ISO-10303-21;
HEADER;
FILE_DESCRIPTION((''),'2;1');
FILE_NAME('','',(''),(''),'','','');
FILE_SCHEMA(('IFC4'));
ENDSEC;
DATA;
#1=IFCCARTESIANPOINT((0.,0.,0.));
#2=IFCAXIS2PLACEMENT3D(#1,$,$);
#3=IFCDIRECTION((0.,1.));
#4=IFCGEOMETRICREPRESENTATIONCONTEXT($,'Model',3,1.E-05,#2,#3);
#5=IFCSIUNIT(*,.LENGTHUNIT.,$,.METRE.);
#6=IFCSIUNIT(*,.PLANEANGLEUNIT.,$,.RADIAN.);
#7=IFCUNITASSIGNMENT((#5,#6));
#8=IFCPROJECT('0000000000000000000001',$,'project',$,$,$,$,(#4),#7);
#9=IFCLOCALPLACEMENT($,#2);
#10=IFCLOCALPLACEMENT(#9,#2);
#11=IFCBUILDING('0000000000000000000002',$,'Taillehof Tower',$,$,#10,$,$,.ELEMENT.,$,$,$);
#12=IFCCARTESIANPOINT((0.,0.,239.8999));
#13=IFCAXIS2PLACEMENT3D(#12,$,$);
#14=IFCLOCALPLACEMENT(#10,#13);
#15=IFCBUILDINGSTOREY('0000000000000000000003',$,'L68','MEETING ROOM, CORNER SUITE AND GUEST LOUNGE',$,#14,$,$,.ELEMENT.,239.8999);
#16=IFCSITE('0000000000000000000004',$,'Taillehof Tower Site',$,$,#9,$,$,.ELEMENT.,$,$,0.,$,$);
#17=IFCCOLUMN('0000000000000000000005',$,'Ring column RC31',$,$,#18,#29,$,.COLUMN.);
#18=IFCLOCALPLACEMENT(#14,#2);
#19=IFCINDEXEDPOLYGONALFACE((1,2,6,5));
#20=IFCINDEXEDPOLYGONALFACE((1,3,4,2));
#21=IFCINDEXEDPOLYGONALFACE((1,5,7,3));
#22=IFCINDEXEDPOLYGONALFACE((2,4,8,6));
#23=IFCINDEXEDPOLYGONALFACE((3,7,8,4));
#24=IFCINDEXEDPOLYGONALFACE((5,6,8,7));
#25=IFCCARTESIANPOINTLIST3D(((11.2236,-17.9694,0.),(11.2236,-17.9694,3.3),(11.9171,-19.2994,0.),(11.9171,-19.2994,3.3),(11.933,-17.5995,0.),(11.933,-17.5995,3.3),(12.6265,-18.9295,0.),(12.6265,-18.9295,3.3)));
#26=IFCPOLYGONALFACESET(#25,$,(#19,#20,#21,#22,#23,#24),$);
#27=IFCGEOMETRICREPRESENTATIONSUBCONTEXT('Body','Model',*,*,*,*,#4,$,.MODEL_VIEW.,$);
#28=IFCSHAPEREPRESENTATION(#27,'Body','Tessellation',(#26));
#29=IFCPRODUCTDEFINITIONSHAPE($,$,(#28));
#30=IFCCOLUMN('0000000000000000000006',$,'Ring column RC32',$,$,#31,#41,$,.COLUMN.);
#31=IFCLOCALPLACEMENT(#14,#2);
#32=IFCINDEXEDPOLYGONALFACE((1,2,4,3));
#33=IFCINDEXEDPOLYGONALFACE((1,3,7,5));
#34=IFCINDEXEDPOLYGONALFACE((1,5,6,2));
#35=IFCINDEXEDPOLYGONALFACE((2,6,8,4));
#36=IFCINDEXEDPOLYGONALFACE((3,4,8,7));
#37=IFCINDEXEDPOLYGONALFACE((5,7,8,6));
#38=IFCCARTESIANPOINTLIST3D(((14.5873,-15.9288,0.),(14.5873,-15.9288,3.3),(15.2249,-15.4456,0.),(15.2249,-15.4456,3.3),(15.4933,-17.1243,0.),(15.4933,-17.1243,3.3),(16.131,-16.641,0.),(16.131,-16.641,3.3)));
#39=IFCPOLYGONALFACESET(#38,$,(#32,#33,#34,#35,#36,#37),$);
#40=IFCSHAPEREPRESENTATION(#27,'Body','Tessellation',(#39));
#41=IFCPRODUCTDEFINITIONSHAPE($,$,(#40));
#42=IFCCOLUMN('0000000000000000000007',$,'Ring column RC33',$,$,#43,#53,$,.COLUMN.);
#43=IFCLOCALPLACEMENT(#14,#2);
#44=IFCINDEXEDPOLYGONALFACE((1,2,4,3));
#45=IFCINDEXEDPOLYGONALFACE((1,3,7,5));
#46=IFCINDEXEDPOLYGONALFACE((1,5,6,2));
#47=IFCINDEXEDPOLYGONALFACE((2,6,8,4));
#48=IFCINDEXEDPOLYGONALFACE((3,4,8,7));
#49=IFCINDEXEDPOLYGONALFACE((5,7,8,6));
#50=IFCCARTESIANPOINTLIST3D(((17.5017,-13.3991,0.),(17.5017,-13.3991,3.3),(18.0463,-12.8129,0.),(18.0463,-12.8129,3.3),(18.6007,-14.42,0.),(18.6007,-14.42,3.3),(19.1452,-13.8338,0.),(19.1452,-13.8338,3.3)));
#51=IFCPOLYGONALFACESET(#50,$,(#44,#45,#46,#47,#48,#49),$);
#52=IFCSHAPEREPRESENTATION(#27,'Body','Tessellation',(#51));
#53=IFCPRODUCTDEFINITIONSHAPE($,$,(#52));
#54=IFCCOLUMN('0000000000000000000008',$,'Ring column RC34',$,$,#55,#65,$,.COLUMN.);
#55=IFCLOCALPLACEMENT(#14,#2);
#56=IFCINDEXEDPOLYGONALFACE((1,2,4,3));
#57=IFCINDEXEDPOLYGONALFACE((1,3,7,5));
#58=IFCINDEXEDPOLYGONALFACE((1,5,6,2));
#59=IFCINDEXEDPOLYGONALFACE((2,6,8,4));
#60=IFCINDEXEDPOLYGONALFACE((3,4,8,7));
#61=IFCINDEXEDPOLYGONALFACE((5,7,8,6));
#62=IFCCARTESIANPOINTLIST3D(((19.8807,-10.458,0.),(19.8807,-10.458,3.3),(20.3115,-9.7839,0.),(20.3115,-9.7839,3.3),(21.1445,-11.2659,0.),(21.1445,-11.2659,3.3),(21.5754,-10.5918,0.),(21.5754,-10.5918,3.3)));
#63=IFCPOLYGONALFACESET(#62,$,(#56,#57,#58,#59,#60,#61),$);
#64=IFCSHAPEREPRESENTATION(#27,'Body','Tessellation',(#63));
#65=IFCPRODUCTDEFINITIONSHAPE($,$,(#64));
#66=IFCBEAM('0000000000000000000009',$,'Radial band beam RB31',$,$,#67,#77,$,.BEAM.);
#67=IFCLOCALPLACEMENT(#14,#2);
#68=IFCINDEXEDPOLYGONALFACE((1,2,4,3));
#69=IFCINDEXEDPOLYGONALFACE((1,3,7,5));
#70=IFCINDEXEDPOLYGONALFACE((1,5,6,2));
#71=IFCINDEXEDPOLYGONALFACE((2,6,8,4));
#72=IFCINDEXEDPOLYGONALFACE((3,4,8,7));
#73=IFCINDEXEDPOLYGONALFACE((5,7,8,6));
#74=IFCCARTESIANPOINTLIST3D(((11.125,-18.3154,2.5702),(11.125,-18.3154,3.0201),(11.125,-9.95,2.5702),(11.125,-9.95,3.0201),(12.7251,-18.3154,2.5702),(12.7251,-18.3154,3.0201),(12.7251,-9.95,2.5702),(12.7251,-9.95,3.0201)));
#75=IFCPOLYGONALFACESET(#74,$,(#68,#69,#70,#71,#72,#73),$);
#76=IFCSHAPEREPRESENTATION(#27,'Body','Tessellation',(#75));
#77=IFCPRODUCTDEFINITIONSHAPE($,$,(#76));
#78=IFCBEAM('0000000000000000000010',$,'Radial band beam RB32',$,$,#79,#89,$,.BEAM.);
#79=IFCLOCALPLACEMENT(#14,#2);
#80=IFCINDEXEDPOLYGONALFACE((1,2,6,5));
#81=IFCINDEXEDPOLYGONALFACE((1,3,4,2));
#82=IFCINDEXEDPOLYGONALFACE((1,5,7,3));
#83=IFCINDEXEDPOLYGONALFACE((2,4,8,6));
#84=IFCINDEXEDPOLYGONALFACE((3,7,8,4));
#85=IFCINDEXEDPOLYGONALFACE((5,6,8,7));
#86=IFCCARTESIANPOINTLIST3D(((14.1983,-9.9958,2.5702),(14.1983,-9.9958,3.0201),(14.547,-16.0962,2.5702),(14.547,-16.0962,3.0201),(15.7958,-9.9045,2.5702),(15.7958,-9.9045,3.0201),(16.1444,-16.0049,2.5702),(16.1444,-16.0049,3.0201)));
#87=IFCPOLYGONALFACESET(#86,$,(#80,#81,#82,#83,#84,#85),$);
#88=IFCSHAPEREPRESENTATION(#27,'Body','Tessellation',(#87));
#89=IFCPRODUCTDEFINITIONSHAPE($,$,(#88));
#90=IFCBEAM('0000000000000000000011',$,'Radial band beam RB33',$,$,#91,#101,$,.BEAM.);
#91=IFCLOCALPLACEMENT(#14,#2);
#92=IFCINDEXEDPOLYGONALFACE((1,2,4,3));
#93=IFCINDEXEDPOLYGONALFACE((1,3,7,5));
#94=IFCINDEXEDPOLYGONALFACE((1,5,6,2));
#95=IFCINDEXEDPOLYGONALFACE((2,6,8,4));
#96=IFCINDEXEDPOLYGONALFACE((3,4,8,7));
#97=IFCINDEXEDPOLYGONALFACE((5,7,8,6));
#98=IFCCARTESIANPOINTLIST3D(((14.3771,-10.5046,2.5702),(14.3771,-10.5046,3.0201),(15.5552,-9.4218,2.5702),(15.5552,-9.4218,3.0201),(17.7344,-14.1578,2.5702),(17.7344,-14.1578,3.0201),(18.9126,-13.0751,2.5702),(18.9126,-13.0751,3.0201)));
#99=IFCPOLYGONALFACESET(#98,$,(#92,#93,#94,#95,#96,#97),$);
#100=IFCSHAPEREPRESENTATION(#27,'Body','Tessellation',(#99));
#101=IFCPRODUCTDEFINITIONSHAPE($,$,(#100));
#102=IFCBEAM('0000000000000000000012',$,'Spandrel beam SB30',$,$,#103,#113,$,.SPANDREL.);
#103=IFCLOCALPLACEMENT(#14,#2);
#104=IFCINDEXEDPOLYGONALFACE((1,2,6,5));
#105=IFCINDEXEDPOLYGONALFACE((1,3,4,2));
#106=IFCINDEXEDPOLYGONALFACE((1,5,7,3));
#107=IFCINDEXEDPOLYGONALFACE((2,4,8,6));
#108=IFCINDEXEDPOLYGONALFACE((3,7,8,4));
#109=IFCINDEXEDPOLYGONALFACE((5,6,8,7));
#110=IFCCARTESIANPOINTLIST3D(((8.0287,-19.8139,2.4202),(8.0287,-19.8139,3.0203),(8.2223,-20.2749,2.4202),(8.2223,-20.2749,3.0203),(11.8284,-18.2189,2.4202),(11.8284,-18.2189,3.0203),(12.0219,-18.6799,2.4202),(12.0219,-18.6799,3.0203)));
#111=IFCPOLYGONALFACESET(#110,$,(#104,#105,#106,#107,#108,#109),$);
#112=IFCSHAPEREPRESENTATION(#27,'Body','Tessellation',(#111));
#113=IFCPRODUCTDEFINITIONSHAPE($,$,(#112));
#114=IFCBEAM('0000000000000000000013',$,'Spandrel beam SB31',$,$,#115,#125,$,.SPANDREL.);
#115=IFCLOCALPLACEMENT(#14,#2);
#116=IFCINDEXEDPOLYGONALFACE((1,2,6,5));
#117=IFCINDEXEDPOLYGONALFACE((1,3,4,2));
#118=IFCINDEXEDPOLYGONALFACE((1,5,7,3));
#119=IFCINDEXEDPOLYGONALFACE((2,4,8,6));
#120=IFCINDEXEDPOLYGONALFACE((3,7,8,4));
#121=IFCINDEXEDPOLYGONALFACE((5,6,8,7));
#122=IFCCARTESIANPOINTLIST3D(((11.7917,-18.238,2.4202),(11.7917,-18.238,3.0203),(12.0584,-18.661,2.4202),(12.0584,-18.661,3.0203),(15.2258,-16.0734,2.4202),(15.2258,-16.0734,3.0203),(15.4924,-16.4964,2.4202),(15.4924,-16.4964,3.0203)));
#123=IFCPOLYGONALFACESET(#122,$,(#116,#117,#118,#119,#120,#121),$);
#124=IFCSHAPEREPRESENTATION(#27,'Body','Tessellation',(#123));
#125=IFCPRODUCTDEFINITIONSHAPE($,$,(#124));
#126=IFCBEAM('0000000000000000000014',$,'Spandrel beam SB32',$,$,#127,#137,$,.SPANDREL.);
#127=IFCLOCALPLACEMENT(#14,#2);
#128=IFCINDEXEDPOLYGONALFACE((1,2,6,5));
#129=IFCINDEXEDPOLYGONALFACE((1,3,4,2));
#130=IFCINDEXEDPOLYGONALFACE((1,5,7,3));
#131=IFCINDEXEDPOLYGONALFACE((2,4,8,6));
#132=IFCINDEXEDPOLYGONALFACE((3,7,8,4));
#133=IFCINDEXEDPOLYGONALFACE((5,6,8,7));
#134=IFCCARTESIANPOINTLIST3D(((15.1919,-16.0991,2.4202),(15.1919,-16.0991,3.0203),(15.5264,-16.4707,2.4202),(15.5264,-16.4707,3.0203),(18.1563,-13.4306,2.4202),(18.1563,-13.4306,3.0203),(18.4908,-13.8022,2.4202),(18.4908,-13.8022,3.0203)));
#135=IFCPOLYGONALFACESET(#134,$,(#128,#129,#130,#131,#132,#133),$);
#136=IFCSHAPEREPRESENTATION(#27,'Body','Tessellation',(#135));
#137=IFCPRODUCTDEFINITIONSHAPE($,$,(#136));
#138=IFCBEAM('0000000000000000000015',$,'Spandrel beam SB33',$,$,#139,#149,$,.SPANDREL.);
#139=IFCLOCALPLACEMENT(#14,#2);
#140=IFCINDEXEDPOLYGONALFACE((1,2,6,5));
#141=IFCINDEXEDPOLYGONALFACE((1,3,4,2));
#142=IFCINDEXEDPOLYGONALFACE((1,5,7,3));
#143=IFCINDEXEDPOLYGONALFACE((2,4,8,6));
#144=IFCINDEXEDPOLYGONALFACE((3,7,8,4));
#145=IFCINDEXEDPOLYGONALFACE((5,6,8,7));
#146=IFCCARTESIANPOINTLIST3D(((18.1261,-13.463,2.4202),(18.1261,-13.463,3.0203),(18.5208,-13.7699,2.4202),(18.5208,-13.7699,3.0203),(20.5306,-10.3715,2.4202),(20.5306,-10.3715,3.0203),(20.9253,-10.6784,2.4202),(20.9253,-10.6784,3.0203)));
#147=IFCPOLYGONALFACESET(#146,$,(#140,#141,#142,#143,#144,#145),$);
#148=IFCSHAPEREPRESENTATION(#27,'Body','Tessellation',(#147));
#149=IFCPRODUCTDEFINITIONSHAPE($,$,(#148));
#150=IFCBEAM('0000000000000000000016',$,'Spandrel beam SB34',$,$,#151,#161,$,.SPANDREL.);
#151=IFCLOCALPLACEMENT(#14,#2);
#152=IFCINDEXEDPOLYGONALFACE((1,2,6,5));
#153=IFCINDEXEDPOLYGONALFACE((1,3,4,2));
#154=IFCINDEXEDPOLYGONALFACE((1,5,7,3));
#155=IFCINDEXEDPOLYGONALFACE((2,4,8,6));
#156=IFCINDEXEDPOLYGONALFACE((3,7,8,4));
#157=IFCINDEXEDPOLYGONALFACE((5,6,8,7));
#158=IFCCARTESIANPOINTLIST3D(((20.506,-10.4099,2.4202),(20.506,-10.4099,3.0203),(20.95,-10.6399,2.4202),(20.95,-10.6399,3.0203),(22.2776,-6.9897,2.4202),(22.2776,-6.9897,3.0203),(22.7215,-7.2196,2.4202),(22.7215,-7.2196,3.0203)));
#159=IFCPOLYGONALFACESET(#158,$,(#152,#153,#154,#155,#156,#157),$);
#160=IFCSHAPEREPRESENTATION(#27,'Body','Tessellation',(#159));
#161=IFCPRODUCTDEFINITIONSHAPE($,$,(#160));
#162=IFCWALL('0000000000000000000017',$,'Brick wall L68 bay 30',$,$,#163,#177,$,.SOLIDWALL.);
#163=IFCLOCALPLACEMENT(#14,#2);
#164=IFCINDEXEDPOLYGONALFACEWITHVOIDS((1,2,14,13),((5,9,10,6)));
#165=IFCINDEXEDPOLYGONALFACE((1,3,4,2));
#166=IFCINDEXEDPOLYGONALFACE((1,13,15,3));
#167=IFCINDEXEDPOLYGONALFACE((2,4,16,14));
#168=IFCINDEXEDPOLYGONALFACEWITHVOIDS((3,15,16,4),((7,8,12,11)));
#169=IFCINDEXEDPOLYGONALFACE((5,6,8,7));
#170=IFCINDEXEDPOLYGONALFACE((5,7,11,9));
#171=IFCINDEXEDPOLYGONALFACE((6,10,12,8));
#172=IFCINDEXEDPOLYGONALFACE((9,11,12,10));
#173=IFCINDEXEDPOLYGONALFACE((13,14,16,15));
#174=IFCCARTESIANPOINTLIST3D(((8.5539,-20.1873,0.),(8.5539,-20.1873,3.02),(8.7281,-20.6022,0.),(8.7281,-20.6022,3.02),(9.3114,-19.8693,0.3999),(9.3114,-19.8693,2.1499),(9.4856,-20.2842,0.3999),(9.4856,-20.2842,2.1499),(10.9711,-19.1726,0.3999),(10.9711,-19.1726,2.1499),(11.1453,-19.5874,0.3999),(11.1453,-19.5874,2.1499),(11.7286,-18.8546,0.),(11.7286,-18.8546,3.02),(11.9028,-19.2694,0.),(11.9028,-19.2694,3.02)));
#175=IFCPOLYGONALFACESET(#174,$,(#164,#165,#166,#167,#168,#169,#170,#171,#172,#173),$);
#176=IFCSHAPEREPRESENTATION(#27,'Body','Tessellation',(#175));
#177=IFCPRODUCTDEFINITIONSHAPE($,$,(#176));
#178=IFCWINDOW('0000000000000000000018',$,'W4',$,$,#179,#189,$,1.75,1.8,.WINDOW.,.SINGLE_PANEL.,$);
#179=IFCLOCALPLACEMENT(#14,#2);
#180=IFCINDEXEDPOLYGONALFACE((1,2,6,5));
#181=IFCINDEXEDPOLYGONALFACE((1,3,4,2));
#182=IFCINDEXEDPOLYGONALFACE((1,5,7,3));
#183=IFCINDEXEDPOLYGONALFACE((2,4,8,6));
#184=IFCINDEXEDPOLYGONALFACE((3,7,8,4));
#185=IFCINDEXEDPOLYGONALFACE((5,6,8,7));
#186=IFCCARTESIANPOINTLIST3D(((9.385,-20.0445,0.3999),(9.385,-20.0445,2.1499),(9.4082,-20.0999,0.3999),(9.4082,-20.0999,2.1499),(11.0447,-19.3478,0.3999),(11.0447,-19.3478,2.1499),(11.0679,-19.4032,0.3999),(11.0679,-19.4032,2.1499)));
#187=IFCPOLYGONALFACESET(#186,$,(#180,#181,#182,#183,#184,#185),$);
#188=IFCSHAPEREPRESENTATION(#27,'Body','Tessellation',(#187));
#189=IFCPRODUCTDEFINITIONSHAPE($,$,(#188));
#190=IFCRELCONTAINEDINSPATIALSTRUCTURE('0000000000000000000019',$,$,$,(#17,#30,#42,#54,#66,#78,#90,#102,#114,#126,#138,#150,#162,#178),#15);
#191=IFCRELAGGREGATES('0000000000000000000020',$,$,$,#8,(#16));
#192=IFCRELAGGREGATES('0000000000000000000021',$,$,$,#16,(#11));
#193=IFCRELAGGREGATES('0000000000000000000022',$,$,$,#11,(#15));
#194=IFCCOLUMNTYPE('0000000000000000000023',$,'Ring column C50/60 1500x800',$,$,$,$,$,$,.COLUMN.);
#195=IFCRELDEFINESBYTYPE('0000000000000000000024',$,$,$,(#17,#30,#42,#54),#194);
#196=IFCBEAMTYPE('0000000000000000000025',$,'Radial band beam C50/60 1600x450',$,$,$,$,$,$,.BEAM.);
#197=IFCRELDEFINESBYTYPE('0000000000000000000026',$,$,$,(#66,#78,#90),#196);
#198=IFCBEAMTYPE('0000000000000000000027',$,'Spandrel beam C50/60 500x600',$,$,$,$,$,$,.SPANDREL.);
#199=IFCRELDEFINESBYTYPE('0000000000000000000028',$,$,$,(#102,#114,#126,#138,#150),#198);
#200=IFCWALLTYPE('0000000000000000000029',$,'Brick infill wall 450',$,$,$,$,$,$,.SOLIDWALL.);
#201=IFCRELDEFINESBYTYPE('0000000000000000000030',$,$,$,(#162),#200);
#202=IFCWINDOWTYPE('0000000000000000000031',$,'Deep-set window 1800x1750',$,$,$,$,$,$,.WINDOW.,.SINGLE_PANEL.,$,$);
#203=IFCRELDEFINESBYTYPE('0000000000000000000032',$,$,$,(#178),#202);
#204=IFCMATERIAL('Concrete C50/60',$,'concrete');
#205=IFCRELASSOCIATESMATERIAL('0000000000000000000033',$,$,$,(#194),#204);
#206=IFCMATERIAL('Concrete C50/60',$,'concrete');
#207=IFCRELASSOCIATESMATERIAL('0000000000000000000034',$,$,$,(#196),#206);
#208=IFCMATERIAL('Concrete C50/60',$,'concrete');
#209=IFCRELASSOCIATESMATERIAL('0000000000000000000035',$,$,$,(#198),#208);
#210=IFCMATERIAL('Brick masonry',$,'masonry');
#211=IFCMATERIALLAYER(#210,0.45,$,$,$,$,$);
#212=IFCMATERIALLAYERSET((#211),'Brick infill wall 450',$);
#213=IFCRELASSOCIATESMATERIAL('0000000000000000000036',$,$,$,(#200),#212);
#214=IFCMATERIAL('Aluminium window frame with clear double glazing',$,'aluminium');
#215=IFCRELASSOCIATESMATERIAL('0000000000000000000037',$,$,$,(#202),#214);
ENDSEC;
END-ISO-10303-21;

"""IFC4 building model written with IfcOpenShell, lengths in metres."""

from ifc_helpers import new_model, si_unit, direction, frame, frame_2d, origin, origin_2d, place, context, subcontext, project, spatial, rectangle, extrude, material, layer, layer_set, material_profile, profile_set, type_object, element, fill, save


model = new_model("IFC4")

# Units and contexts
model_context = context("Model", 3, precision=1e-05, world=origin(), true_north=direction((0.0, 1.0)))
body_context = subcontext(model_context, "Body", "Model", "MODEL_VIEW")
ifc_project = project(units=[si_unit("LENGTHUNIT", "METRE"), si_unit("PLANEANGLEUNIT", "RADIAN")], contexts=[model_context])

# Site, building, storey
site_placement = place(None, origin())
site = spatial("IfcSite", under=ifc_project, at=site_placement, Name="Taillehof Tower Site", CompositionType="ELEMENT", RefElevation=0.0)
building_placement = place(site_placement, origin())
building = spatial("IfcBuilding", under=site, at=building_placement, Name="Taillehof Tower", CompositionType="ELEMENT")
storey_placement = place(building_placement, frame((0.0, 0.0, 239.8999)))
storey = spatial("IfcBuildingStorey", under=building, at=storey_placement, Name="L68", Description="MEETING ROOM, CORNER SUITE AND GUEST LOUNGE", CompositionType="ELEMENT", Elevation=239.8999)

# Columns
ifc_material_1 = material(Name="Concrete C50/60", Category="concrete")
ifc_material_profile_1 = material_profile(ifc_material_1, rectangle(XDim=1.5, YDim=0.8, at=origin_2d()), Name="RC 1500x800")
ifc_profile_set_1 = profile_set([ifc_material_profile_1], Name="Concrete C50/60")
column_type = type_object("IfcColumnType", Name="Ring column C50/60 1500x800", PredefinedType="COLUMN", material=ifc_profile_set_1)
for number, where, z_axis, x_axis, name in (
    (1, (11.925, -18.4495, 0.0), (0.0, 0.0, 1.0), (0.462384, -0.88668, 0.0), "Ring column RC31"),
    (2, (15.3591, -16.2849, 0.0), (0.0, 0.0, 1.0), (0.60402, -0.796969, 0.0), "Ring column RC32"),
    (3, (18.3235, -13.6165, 0.0), (0.0, 0.0, 1.0), (0.732636, -0.680621, 0.0), "Ring column RC33"),
    (4, (20.728, -10.5249, 0.0), (0.0, 0.0, 1.0), (0.842574, -0.538581, 0.0), "Ring column RC34"),
):
    element("IfcColumn", number, at=place(storey_placement, frame(where, z_axis=z_axis, x_axis=x_axis)), inside=storey, type_object=column_type, Name=name, PredefinedType="COLUMN", context=body_context, shape_type="SweptSolid", body=[
        extrude(rectangle(XDim=1.5, YDim=0.8, at=origin_2d()), origin(), (0.0, 0.0, 1.0), 3.3),
    ])

# Beams
ifc_material_2 = material(Name="Concrete C50/60", Category="concrete")
ifc_material_profile_2 = material_profile(ifc_material_2, rectangle(XDim=1.6001, YDim=0.45, at=origin_2d()), Name="RC 1600x450")
ifc_profile_set_2 = profile_set([ifc_material_profile_2], Name="Concrete C50/60")
beam_type_1 = type_object("IfcBeamType", Name="Radial band beam C50/60 1600x450", PredefinedType="BEAM", material=ifc_profile_set_2)
beam_1_placement = place(storey_placement, frame((11.925, -18.3154, 2.7952), z_axis=(0.0, 1.0, 0.0), x_axis=(-1.0, 0.0, 0.0)))
element("IfcBeam", 5, at=beam_1_placement, inside=storey, type_object=beam_type_1, Name="Radial band beam RB31", PredefinedType="BEAM", context=body_context, shape_type="SweptSolid", body=[
    extrude(rectangle(XDim=1.6001, YDim=0.45, at=origin_2d()), origin(), (0.0, 0.0, 1.0), 8.3655),
])
beam_2_placement = place(storey_placement, frame((15.3457, -16.0505, 2.7952), z_axis=(-0.057057, 0.998371, 0.0), x_axis=(-0.998371, -0.057057, 0.0)))
element("IfcBeam", 6, at=beam_2_placement, inside=storey, type_object=beam_type_1, Name="Radial band beam RB32", PredefinedType="BEAM", context=body_context, shape_type="SweptSolid", body=[
    extrude(rectangle(XDim=1.6001, YDim=0.45, at=origin_2d()), origin(), (0.0, 0.0, 1.0), 6.1104),
])
beam_3_placement = place(storey_placement, frame((18.3235, -13.6165, 2.7952), z_axis=(-0.67666, 0.736296, 0.0), x_axis=(-0.736296, -0.67666, 0.0)))
element("IfcBeam", 7, at=beam_3_placement, inside=storey, type_object=beam_type_1, Name="Radial band beam RB33", PredefinedType="BEAM", context=body_context, shape_type="SweptSolid", body=[
    extrude(rectangle(XDim=1.6001, YDim=0.45, at=origin_2d()), origin(), (0.0, 0.0, 1.0), 4.9617),
])
ifc_material_3 = material(Name="Concrete C50/60", Category="concrete")
ifc_material_profile_3 = material_profile(ifc_material_3, rectangle(XDim=0.5, YDim=0.6001, at=origin_2d()), Name="RC 500x600")
ifc_profile_set_3 = profile_set([ifc_material_profile_3], Name="Concrete C50/60")
beam_type_2 = type_object("IfcBeamType", Name="Spandrel beam C50/60 500x600", PredefinedType="SPANDREL", material=ifc_profile_set_3)
beam_4_placement = place(storey_placement, frame((8.1255, -20.0444, 2.7202), z_axis=(0.922055, 0.387058, 0.0), x_axis=(-0.387058, 0.922055, 0.0)))
element("IfcBeam", 8, at=beam_4_placement, inside=storey, type_object=beam_type_2, Name="Spandrel beam SB30", PredefinedType="SPANDREL", context=body_context, shape_type="SweptSolid", body=[
    extrude(rectangle(XDim=0.5, YDim=0.6001, at=origin_2d()), origin(), (0.0, 0.0, 1.0), 4.1208),
])
beam_5_placement = place(storey_placement, frame((11.925, -18.4495, 2.7202), z_axis=(0.845972, 0.533228, 0.0), x_axis=(-0.533228, 0.845972, 0.0)))
element("IfcBeam", 9, at=beam_5_placement, inside=storey, type_object=beam_type_2, Name="Spandrel beam SB31", PredefinedType="SPANDREL", context=body_context, shape_type="SweptSolid", body=[
    extrude(rectangle(XDim=0.5, YDim=0.6001, at=origin_2d()), origin(), (0.0, 0.0, 1.0), 4.0593),
])
beam_6_placement = place(storey_placement, frame((15.3591, -16.2849, 2.7202), z_axis=(0.743227, 0.669039, 0.0), x_axis=(-0.669039, 0.743227, 0.0)))
element("IfcBeam", 10, at=beam_6_placement, inside=storey, type_object=beam_type_2, Name="Spandrel beam SB32", PredefinedType="SPANDREL", context=body_context, shape_type="SweptSolid", body=[
    extrude(rectangle(XDim=0.5, YDim=0.6001, at=origin_2d()), origin(), (0.0, 0.0, 1.0), 3.9885),
])
beam_7_placement = place(storey_placement, frame((18.3235, -13.6165, 2.7202), z_axis=(0.613941, 0.789352, 0.0), x_axis=(-0.789352, 0.613941, 0.0)))
element("IfcBeam", 11, at=beam_7_placement, inside=storey, type_object=beam_type_2, Name="Spandrel beam SB33", PredefinedType="SPANDREL", context=body_context, shape_type="SweptSolid", body=[
    extrude(rectangle(XDim=0.5, YDim=0.6001, at=origin_2d()), origin(), (0.0, 0.0, 1.0), 3.9165),
])
beam_8_placement = place(storey_placement, frame((20.728, -10.5249, 2.7202), z_axis=(0.459921, 0.88796, 0.0), x_axis=(-0.88796, 0.459921, 0.0)))
element("IfcBeam", 12, at=beam_8_placement, inside=storey, type_object=beam_type_2, Name="Spandrel beam SB34", PredefinedType="SPANDREL", context=body_context, shape_type="SweptSolid", body=[
    extrude(rectangle(XDim=0.5, YDim=0.6001, at=origin_2d()), origin(), (0.0, 0.0, 1.0), 3.8518),
])

# Wall, opening, window
ifc_material_4 = material(Name="Brick masonry", Category="masonry")
ifc_layer_1 = layer(ifc_material_4, 0.45)
ifc_layer_set_1 = layer_set([ifc_layer_1], Name="Brick infill wall 450")
wall_type_1 = type_object("IfcWallType", Name="Brick infill wall 450", PredefinedType="SOLIDWALL", material=ifc_layer_set_1)
wall_1_placement = place(storey_placement, frame((8.6409, -20.3948, 0.0), z_axis=(0.0, 0.0, 1.0), x_axis=(0.92205, 0.387071, 0.0)))
wall_1 = element("IfcWall", 13, at=wall_1_placement, inside=storey, type_object=wall_type_1, Name="Brick wall L68 bay 30", PredefinedType="SOLIDWALL", context=body_context, shape_type="SweptSolid", body=[
    extrude(rectangle(XDim=3.4431, YDim=0.45, at=frame_2d((1.7217, 0.0))), origin(), (0.0, 0.0, 1.0), 3.02),
])
opening_1_placement = place(wall_1_placement, frame((0.8218, 0.0, 0.3999)))
opening_1 = element("IfcOpeningElement", 14, at=opening_1_placement, cuts=wall_1, PredefinedType="OPENING", context=body_context, shape_type="SweptSolid", body=[
    extrude(rectangle(XDim=1.8, YDim=1.75, at=frame_2d((0.8999, 0.875))), frame((0.0, 0.2349, 0.0), z_axis=(0.0, -1.0, 0.0), x_axis=(1.0, 0.0, 0.0)), (0.0, 0.0, 1.0), 0.47),
])
ifc_material_5 = material(Name="Aluminium window frame with clear double glazing", Category="aluminium")
window_type = type_object("IfcWindowType", Name="Deep-set window 1800x1750", PartitioningType="SINGLE_PANEL", PredefinedType="WINDOW", material=ifc_material_5)
window_1_placement = place(opening_1_placement, origin())
window_1 = element("IfcWindow", 15, at=window_1_placement, inside=storey, type_object=window_type, Name="W4", OverallHeight=1.75, OverallWidth=1.8, PartitioningType="SINGLE_PANEL", PredefinedType="WINDOW", context=body_context, shape_type="SweptSolid", body=[
    extrude(rectangle(XDim=1.8, YDim=1.75, at=frame_2d((0.8999, 0.875))), frame((0.0, 0.0349, 0.0), z_axis=(0.0, -1.0, 0.0), x_axis=(1.0, 0.0, 0.0)), (0.0, 0.0, 1.0), 0.0601),
])
fill(opening_1, window_1)

save(model, "model.ifc")
